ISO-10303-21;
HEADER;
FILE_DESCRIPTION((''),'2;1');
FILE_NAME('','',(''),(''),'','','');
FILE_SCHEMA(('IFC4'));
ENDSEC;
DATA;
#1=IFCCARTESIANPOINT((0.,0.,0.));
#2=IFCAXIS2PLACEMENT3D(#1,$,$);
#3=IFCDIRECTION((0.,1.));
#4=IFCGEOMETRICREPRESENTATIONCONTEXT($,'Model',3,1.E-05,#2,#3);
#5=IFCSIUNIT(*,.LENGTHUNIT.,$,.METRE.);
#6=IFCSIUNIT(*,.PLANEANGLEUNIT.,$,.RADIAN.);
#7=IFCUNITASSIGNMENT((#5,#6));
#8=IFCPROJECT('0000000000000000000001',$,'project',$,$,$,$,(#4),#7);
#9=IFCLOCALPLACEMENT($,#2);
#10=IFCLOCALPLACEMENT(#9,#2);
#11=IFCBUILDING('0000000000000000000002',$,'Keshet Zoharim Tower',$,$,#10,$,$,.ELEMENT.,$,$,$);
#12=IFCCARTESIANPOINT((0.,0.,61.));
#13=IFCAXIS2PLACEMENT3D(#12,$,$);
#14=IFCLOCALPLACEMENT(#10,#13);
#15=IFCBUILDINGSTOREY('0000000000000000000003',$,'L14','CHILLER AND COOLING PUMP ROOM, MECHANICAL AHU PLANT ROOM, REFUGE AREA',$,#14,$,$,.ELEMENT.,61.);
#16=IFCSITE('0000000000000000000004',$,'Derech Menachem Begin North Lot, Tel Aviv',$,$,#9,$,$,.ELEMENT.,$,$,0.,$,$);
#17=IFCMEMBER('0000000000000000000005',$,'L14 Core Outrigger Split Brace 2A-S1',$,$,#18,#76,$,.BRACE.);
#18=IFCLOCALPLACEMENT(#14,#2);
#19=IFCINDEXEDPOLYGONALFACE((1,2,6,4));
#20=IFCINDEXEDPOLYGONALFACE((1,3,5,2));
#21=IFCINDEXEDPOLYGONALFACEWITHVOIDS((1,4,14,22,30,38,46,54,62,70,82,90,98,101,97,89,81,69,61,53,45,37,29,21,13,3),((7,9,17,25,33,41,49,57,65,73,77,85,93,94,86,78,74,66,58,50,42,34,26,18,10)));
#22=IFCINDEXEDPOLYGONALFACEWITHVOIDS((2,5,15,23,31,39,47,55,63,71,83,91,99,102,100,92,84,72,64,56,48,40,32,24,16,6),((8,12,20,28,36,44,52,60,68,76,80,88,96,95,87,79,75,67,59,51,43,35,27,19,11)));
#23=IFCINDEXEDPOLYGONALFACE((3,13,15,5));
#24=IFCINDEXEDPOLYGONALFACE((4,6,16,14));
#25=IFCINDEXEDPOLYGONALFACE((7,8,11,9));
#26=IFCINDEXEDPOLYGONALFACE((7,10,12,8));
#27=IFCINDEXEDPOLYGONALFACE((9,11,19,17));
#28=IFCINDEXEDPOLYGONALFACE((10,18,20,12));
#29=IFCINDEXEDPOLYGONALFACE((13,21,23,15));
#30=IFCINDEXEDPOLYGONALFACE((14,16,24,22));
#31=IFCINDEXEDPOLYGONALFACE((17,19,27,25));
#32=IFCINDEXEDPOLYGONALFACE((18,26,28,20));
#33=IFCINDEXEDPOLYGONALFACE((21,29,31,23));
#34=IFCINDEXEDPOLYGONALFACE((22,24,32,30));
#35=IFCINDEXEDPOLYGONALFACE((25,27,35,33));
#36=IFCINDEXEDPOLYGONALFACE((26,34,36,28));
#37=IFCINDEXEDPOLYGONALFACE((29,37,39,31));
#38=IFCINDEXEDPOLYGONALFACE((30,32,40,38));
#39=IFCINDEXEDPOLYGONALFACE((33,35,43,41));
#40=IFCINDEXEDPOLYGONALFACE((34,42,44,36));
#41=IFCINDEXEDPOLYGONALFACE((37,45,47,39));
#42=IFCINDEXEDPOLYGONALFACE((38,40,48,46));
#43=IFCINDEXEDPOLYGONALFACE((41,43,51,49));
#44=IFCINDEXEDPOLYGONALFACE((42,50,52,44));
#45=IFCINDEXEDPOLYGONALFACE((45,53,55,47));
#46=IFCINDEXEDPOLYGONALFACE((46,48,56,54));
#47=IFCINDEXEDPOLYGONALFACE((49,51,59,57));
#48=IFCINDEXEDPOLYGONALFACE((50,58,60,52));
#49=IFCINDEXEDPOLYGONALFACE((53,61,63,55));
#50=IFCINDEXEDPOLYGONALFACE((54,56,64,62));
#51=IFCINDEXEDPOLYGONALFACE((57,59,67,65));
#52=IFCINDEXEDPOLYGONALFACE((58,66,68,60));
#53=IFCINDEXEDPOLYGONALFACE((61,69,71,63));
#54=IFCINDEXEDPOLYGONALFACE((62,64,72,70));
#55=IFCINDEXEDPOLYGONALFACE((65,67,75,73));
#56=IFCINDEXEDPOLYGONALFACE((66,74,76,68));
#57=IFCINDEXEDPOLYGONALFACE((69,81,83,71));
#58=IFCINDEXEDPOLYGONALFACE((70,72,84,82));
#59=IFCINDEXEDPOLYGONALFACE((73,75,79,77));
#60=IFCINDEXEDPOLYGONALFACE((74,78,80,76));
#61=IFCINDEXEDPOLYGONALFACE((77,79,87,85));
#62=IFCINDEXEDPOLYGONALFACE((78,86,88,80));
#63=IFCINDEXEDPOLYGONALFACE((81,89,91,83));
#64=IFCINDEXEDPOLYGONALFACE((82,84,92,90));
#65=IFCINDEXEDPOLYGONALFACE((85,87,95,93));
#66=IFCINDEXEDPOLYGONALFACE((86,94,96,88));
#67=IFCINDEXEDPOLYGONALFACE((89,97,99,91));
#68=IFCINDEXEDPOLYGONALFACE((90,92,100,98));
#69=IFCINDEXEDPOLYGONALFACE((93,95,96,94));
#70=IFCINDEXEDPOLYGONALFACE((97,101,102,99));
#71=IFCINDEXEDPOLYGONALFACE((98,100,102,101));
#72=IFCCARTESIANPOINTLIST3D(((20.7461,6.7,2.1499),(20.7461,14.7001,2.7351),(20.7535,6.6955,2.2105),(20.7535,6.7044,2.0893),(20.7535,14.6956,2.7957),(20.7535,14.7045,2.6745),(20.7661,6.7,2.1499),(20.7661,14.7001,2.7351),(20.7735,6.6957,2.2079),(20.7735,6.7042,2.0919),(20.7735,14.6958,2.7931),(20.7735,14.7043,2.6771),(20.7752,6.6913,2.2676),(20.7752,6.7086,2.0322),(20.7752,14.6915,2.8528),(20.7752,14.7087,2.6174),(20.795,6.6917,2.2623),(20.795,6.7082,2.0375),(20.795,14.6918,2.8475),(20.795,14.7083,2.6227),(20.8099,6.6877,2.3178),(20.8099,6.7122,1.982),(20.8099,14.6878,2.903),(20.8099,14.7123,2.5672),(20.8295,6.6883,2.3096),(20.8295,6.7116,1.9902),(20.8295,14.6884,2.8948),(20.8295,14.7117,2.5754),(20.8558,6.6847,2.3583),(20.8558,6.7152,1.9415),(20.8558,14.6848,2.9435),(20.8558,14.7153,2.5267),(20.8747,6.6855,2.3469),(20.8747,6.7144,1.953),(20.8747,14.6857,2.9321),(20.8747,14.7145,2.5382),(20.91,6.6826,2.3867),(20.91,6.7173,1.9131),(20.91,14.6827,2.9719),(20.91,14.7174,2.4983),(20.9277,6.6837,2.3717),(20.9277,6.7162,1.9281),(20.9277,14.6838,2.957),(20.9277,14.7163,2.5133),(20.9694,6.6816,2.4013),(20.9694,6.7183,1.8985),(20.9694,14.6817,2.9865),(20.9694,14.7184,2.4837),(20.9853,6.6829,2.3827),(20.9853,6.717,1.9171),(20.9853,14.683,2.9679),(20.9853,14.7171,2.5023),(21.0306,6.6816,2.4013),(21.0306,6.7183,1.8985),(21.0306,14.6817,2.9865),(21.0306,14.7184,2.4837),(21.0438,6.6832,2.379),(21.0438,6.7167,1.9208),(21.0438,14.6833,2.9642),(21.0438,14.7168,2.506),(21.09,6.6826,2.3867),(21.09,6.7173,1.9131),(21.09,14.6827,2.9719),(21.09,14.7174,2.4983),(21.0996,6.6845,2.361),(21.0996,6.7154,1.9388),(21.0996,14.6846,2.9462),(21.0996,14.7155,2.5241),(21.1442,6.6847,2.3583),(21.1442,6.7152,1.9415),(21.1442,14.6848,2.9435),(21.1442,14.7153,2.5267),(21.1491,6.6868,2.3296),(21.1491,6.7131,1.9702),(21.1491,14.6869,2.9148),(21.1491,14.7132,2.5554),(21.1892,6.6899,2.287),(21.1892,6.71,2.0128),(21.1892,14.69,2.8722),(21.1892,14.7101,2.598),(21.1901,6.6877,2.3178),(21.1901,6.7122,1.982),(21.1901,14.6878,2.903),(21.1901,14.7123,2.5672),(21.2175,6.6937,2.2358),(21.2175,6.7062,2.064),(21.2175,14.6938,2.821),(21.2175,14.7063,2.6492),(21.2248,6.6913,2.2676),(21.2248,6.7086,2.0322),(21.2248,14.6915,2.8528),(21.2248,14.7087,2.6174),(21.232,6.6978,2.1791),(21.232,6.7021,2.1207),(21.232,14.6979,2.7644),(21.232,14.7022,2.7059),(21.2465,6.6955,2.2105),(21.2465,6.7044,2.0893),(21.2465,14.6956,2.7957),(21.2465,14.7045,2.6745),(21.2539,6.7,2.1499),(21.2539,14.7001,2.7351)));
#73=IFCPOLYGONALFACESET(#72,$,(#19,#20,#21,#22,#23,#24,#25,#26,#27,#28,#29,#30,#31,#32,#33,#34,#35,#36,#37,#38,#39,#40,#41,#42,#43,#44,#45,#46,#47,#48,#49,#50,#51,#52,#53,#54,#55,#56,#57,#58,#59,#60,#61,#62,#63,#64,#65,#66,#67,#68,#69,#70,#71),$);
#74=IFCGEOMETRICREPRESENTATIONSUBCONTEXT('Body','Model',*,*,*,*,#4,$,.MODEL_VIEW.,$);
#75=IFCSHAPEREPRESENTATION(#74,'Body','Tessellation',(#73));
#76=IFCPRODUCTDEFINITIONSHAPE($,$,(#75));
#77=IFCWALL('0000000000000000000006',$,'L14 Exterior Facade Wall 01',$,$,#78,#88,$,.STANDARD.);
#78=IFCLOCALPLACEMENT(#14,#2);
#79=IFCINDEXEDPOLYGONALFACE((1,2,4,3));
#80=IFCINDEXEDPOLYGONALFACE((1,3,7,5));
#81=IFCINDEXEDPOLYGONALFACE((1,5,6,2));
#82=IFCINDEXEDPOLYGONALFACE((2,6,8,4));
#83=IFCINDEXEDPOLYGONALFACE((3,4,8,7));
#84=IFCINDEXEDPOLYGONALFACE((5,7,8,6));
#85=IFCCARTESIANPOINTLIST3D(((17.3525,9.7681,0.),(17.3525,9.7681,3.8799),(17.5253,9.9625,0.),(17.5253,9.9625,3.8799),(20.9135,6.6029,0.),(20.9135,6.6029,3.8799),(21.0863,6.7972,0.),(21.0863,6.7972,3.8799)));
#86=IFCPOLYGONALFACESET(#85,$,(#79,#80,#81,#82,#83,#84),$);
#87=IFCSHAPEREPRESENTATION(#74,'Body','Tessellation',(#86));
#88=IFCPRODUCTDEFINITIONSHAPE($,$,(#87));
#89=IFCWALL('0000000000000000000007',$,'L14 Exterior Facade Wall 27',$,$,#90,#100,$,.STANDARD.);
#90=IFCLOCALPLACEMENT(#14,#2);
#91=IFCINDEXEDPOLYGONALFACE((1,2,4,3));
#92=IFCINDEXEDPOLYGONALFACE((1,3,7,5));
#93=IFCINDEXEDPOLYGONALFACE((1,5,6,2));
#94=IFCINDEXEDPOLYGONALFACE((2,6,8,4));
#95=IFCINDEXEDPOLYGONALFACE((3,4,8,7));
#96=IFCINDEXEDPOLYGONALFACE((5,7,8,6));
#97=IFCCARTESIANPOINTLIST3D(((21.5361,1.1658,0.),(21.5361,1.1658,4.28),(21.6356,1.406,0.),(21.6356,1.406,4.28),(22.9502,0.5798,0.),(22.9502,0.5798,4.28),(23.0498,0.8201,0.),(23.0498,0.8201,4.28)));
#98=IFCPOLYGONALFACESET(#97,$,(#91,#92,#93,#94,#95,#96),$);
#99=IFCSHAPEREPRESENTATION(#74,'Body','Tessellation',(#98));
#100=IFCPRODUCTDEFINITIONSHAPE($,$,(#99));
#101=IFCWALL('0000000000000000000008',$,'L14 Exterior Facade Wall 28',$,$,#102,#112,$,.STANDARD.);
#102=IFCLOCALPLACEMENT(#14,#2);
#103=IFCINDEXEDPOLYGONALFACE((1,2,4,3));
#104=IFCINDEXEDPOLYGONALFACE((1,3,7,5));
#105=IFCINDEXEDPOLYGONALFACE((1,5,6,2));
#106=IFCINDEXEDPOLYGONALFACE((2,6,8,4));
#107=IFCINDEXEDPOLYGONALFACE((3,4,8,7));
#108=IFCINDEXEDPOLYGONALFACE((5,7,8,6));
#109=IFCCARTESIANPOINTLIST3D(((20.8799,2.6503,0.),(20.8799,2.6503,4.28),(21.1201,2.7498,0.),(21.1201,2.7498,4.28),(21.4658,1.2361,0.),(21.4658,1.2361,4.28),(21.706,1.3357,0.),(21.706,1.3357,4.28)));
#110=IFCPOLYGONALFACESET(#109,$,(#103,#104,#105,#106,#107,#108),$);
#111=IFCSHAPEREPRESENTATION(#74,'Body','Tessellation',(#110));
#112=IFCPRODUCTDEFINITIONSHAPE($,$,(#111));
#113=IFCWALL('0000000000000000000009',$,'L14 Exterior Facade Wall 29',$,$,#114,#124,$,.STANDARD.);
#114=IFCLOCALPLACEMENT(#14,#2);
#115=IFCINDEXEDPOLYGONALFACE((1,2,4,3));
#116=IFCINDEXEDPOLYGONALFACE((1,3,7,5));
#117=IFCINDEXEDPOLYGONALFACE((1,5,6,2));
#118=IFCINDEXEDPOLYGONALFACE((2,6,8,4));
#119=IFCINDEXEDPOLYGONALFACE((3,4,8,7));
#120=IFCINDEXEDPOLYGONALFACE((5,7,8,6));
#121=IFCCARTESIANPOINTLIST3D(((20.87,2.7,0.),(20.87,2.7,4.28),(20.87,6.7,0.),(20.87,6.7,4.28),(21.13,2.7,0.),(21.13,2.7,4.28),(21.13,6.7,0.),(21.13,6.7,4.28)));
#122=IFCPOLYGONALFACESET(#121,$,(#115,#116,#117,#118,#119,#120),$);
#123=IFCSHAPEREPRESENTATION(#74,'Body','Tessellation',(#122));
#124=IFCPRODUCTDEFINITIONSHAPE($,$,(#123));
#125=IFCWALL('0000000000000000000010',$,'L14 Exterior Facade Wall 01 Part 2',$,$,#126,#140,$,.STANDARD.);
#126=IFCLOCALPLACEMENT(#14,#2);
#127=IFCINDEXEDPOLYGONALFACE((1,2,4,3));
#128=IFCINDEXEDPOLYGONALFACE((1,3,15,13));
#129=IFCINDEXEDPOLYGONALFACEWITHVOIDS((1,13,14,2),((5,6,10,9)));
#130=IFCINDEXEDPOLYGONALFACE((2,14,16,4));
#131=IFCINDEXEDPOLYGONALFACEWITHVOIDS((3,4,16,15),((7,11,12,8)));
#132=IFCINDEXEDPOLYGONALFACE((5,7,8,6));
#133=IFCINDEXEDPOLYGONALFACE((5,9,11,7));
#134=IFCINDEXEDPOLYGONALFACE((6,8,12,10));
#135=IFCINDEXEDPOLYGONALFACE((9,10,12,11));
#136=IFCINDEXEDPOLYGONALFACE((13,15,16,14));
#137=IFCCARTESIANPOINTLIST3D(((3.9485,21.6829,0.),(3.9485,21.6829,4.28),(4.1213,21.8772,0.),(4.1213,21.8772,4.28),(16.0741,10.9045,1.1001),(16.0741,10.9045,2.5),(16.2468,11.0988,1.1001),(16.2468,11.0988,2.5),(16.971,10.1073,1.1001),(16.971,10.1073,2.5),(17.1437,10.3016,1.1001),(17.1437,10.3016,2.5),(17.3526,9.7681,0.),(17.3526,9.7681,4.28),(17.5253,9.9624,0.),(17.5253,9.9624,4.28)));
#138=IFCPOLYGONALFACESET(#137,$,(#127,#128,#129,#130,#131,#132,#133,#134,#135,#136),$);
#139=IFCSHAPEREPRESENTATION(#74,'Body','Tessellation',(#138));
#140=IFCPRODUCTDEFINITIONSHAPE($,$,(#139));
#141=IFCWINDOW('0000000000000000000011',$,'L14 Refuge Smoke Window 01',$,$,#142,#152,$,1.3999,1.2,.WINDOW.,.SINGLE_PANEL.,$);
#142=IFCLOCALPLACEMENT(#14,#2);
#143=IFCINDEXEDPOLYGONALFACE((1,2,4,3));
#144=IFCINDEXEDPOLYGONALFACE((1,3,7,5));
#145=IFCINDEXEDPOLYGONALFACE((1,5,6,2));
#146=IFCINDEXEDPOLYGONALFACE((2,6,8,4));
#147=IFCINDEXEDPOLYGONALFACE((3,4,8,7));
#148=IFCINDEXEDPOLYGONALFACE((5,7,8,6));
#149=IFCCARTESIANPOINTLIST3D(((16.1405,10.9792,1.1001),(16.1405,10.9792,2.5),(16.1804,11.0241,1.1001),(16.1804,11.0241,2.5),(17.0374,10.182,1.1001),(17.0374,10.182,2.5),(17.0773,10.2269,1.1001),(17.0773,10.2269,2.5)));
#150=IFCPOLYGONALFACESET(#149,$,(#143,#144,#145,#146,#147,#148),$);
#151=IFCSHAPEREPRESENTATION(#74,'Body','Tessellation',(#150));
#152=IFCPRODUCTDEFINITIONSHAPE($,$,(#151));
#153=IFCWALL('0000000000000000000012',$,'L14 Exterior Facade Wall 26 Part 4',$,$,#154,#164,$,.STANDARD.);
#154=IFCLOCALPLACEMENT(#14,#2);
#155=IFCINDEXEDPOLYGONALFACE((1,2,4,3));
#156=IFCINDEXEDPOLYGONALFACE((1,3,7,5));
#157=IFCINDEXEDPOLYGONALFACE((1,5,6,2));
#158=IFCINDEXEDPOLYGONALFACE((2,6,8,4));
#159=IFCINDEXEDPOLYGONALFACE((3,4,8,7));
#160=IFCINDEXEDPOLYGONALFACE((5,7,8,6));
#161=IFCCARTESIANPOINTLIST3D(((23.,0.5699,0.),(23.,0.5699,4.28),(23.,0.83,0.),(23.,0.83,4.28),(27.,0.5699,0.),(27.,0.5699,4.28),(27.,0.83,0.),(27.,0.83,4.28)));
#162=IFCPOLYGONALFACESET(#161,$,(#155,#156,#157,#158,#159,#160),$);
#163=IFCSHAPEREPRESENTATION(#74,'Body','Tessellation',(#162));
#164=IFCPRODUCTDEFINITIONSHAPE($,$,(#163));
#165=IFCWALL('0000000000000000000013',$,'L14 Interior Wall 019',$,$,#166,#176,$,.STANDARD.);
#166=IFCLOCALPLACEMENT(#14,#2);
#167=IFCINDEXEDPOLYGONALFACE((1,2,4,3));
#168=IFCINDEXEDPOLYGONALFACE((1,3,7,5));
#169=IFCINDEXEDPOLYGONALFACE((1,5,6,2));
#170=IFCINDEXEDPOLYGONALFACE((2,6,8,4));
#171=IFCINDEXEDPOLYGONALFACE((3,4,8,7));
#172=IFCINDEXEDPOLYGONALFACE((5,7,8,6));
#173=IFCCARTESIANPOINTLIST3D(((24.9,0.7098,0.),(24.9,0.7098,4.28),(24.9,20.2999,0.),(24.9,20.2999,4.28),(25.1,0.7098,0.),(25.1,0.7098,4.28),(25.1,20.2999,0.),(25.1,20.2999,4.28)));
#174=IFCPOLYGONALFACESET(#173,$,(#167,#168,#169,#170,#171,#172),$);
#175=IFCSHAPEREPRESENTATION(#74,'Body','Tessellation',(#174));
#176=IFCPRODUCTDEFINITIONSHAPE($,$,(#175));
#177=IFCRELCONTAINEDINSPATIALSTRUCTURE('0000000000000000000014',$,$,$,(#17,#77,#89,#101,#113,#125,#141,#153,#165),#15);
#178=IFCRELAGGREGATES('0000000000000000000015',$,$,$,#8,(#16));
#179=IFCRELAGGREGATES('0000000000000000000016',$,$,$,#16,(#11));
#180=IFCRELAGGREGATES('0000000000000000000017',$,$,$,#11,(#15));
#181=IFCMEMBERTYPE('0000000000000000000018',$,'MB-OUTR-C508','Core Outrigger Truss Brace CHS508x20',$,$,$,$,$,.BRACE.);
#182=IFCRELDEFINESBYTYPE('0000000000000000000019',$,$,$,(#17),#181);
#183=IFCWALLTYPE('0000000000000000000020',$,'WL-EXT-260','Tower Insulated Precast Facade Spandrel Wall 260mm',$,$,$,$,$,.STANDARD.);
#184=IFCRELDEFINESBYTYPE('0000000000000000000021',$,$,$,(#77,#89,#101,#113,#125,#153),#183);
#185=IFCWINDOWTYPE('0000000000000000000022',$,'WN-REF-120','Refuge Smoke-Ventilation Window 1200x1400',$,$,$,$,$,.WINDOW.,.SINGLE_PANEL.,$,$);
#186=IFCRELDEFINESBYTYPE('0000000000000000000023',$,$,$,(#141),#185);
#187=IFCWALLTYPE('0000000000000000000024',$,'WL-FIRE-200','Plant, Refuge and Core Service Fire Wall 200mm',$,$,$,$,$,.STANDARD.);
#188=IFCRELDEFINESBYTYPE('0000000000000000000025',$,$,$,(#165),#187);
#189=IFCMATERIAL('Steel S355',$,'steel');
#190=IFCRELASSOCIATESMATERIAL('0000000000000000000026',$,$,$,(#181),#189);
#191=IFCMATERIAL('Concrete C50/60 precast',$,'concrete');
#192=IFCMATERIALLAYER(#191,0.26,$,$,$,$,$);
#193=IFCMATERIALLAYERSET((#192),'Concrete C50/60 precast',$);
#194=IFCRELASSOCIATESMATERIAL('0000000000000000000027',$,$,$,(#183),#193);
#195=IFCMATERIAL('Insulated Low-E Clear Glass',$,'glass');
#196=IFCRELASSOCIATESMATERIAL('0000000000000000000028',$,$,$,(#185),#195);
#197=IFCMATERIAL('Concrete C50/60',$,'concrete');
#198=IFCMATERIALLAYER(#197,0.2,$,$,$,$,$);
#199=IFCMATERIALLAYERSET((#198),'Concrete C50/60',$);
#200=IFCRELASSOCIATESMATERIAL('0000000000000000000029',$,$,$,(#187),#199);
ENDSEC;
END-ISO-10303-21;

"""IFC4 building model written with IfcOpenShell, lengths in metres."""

from ifc_helpers import new_model, si_unit, direction, frame, frame_2d, origin, origin_2d, place, context, subcontext, project, spatial, rectangle, hollow_circle, extrude, material, layer, layer_set, material_profile, profile_set, type_object, element, fill, save


model = new_model("IFC4")

# Units and contexts
model_context = context("Model", 3, precision=1e-05, world=origin(), true_north=direction((0.0, 1.0)))
body_context = subcontext(model_context, "Body", "Model", "MODEL_VIEW")
ifc_project = project(units=[si_unit("LENGTHUNIT", "METRE"), si_unit("PLANEANGLEUNIT", "RADIAN")], contexts=[model_context])

# Site, building, storey
site_placement = place(None, origin())
site = spatial("IfcSite", under=ifc_project, at=site_placement, Name="Derech Menachem Begin North Lot, Tel Aviv", CompositionType="ELEMENT", RefElevation=0.0)
building_placement = place(site_placement, origin())
building = spatial("IfcBuilding", under=site, at=building_placement, Name="Keshet Zoharim Tower", CompositionType="ELEMENT")
storey_placement = place(building_placement, frame((0.0, 0.0, 61.0)))
storey = spatial("IfcBuildingStorey", under=building, at=storey_placement, Name="L14", Description="CHILLER AND COOLING PUMP ROOM, MECHANICAL AHU PLANT ROOM, REFUGE AREA", CompositionType="ELEMENT", Elevation=61.0)

# Shared definitions
ifc_material_1 = material(Name="Steel S355", Category="steel")

# Member
ifc_material_profile_1 = material_profile(ifc_material_1, hollow_circle(Radius=0.2539, WallThickness=0.02, at=origin_2d()), Name="CHS508x20")
ifc_profile_set_1 = profile_set([ifc_material_profile_1], Name="Steel S355")
member_type = type_object("IfcMemberType", Name="MB-OUTR-C508", Description="Core Outrigger Truss Brace CHS508x20", PredefinedType="BRACE", material=ifc_profile_set_1)
member_placement = place(storey_placement, frame((21.0, 6.7, 2.1499), z_axis=(0.0, 0.997335, 0.072956), x_axis=(-1.0, 0.0, 0.0)))
element("IfcMember", 1, at=member_placement, inside=storey, type_object=member_type, Name="L14 Core Outrigger Split Brace 2A-S1", PredefinedType="BRACE", context=body_context, shape_type="SweptSolid", body=[
    extrude(hollow_circle(Radius=0.2539, WallThickness=0.02, at=origin_2d()), origin(), (0.0, 0.0, 1.0), 8.0215),
])

# Walls
ifc_material_2 = material(Name="Concrete C50/60 precast", Category="concrete")
ifc_layer_1 = layer(ifc_material_2, 0.26)
ifc_layer_set_1 = layer_set([ifc_layer_1], Name="Concrete C50/60 precast")
wall_type_1 = type_object("IfcWallType", Name="WL-EXT-260", Description="Tower Insulated Precast Facade Spandrel Wall 260mm", PredefinedType="STANDARD", material=ifc_layer_set_1)
wall_1_placement = place(storey_placement, frame((21.0, 6.7, 0.0), z_axis=(0.0, 0.0, 1.0), x_axis=(-0.747418, 0.664354, 0.0)))
element("IfcWall", 2, at=wall_1_placement, inside=storey, type_object=wall_type_1, Name="L14 Exterior Facade Wall 01", PredefinedType="STANDARD", context=body_context, shape_type="SweptSolid", body=[
    extrude(rectangle(XDim=4.7644, YDim=0.26, at=frame_2d((2.3823, 0.0))), origin(), (0.0, 0.0, 1.0), 3.8799),
])
for number, where, z_axis, x_axis, name in (
    (3, (23.0, 0.7, 0.0), (0.0, 0.0, 1.0), (-0.92383, 0.382803, 0.0), "L14 Exterior Facade Wall 27"),
    (4, (21.5859, 1.2859, 0.0), (0.0, 0.0, 1.0), (-0.382803, 0.92383, 0.0), "L14 Exterior Facade Wall 28"),
):
    element("IfcWall", number, at=place(storey_placement, frame(where, z_axis=z_axis, x_axis=x_axis)), inside=storey, type_object=wall_type_1, Name=name, PredefinedType="STANDARD", context=body_context, shape_type="SweptSolid", body=[
        extrude(rectangle(XDim=1.5308, YDim=0.26, at=frame_2d((0.7654, 0.0))), origin(), (0.0, 0.0, 1.0), 4.28),
    ])
wall_2_placement = place(storey_placement, frame((21.0, 2.7, 0.0), z_axis=(0.0, 0.0, 1.0), x_axis=(0.0, 1.0, 0.0)))
element("IfcWall", 5, at=wall_2_placement, inside=storey, type_object=wall_type_1, Name="L14 Exterior Facade Wall 29", PredefinedType="STANDARD", context=body_context, shape_type="SweptSolid", body=[
    extrude(rectangle(XDim=4.0, YDim=0.26, at=frame_2d((2.0, 0.0))), origin(), (0.0, 0.0, 1.0), 4.28),
])

# Wall, opening, window
wall_3_placement = place(storey_placement, frame((17.439, 9.8652, 0.0), z_axis=(0.0, 0.0, 1.0), x_axis=(-0.747407, 0.664366, 0.0)))
wall_3 = element("IfcWall", 6, at=wall_3_placement, inside=storey, type_object=wall_type_1, Name="L14 Exterior Facade Wall 01 Part 2", PredefinedType="STANDARD", context=body_context, shape_type="SweptSolid", body=[
    extrude(rectangle(XDim=17.9341, YDim=0.26, at=frame_2d((8.967, 0.0))), origin(), (0.0, 0.0, 1.0), 4.28),
])
opening_placement = place(wall_3_placement, frame((0.5105, 0.0, 1.1001)))
opening = element("IfcOpeningElement", 7, at=opening_placement, cuts=wall_3, PredefinedType="OPENING", context=body_context, shape_type="SweptSolid", body=[
    extrude(rectangle(XDim=1.2, YDim=1.3999, at=frame_2d((0.6001, 0.7))), frame((0.0, 0.1401, 0.0), z_axis=(0.0, -1.0, 0.0), x_axis=(1.0, 0.0, 0.0)), (0.0, 0.0, 1.0), 0.28),
])
ifc_material_3 = material(Name="Insulated Low-E Clear Glass", Category="glass")
window_type = type_object("IfcWindowType", Name="WN-REF-120", Description="Refuge Smoke-Ventilation Window 1200x1400", PartitioningType="SINGLE_PANEL", PredefinedType="WINDOW", material=ifc_material_3)
window_placement = place(opening_placement, origin())
window = element("IfcWindow", 8, at=window_placement, inside=storey, type_object=window_type, Name="L14 Refuge Smoke Window 01", OverallHeight=1.3999, OverallWidth=1.2, PartitioningType="SINGLE_PANEL", PredefinedType="WINDOW", context=body_context, shape_type="SweptSolid", body=[
    extrude(rectangle(XDim=1.2, YDim=1.3999, at=frame_2d((0.6001, 0.7))), frame((0.0, 0.03, 0.0), z_axis=(0.0, -1.0, 0.0), x_axis=(1.0, 0.0, 0.0)), (0.0, 0.0, 1.0), 0.0601),
])
fill(opening, window)

# Walls
wall_4_placement = place(storey_placement, frame((27.0, 0.7, 0.0), z_axis=(0.0, 0.0, 1.0), x_axis=(-1.0, 0.0, 0.0)))
element("IfcWall", 9, at=wall_4_placement, inside=storey, type_object=wall_type_1, Name="L14 Exterior Facade Wall 26 Part 4", PredefinedType="STANDARD", context=body_context, shape_type="SweptSolid", body=[
    extrude(rectangle(XDim=4.0, YDim=0.26, at=frame_2d((2.0, 0.0))), origin(), (0.0, 0.0, 1.0), 4.28),
])
ifc_material_4 = material(Name="Concrete C50/60", Category="concrete")
ifc_layer_2 = layer(ifc_material_4, 0.2)
ifc_layer_set_2 = layer_set([ifc_layer_2], Name="Concrete C50/60")
wall_type_2 = type_object("IfcWallType", Name="WL-FIRE-200", Description="Plant, Refuge and Core Service Fire Wall 200mm", PredefinedType="STANDARD", material=ifc_layer_set_2)
wall_5_placement = place(storey_placement, frame((25.0, 0.71, 0.0), z_axis=(0.0, 0.0, 1.0), x_axis=(0.0, 1.0, 0.0)))
element("IfcWall", 10, at=wall_5_placement, inside=storey, type_object=wall_type_2, Name="L14 Interior Wall 019", PredefinedType="STANDARD", context=body_context, shape_type="SweptSolid", body=[
    extrude(rectangle(XDim=19.5901, YDim=0.2, at=frame_2d((9.7949, 0.0))), origin(), (0.0, 0.0, 1.0), 4.28),
])

save(model, "model.ifc")
